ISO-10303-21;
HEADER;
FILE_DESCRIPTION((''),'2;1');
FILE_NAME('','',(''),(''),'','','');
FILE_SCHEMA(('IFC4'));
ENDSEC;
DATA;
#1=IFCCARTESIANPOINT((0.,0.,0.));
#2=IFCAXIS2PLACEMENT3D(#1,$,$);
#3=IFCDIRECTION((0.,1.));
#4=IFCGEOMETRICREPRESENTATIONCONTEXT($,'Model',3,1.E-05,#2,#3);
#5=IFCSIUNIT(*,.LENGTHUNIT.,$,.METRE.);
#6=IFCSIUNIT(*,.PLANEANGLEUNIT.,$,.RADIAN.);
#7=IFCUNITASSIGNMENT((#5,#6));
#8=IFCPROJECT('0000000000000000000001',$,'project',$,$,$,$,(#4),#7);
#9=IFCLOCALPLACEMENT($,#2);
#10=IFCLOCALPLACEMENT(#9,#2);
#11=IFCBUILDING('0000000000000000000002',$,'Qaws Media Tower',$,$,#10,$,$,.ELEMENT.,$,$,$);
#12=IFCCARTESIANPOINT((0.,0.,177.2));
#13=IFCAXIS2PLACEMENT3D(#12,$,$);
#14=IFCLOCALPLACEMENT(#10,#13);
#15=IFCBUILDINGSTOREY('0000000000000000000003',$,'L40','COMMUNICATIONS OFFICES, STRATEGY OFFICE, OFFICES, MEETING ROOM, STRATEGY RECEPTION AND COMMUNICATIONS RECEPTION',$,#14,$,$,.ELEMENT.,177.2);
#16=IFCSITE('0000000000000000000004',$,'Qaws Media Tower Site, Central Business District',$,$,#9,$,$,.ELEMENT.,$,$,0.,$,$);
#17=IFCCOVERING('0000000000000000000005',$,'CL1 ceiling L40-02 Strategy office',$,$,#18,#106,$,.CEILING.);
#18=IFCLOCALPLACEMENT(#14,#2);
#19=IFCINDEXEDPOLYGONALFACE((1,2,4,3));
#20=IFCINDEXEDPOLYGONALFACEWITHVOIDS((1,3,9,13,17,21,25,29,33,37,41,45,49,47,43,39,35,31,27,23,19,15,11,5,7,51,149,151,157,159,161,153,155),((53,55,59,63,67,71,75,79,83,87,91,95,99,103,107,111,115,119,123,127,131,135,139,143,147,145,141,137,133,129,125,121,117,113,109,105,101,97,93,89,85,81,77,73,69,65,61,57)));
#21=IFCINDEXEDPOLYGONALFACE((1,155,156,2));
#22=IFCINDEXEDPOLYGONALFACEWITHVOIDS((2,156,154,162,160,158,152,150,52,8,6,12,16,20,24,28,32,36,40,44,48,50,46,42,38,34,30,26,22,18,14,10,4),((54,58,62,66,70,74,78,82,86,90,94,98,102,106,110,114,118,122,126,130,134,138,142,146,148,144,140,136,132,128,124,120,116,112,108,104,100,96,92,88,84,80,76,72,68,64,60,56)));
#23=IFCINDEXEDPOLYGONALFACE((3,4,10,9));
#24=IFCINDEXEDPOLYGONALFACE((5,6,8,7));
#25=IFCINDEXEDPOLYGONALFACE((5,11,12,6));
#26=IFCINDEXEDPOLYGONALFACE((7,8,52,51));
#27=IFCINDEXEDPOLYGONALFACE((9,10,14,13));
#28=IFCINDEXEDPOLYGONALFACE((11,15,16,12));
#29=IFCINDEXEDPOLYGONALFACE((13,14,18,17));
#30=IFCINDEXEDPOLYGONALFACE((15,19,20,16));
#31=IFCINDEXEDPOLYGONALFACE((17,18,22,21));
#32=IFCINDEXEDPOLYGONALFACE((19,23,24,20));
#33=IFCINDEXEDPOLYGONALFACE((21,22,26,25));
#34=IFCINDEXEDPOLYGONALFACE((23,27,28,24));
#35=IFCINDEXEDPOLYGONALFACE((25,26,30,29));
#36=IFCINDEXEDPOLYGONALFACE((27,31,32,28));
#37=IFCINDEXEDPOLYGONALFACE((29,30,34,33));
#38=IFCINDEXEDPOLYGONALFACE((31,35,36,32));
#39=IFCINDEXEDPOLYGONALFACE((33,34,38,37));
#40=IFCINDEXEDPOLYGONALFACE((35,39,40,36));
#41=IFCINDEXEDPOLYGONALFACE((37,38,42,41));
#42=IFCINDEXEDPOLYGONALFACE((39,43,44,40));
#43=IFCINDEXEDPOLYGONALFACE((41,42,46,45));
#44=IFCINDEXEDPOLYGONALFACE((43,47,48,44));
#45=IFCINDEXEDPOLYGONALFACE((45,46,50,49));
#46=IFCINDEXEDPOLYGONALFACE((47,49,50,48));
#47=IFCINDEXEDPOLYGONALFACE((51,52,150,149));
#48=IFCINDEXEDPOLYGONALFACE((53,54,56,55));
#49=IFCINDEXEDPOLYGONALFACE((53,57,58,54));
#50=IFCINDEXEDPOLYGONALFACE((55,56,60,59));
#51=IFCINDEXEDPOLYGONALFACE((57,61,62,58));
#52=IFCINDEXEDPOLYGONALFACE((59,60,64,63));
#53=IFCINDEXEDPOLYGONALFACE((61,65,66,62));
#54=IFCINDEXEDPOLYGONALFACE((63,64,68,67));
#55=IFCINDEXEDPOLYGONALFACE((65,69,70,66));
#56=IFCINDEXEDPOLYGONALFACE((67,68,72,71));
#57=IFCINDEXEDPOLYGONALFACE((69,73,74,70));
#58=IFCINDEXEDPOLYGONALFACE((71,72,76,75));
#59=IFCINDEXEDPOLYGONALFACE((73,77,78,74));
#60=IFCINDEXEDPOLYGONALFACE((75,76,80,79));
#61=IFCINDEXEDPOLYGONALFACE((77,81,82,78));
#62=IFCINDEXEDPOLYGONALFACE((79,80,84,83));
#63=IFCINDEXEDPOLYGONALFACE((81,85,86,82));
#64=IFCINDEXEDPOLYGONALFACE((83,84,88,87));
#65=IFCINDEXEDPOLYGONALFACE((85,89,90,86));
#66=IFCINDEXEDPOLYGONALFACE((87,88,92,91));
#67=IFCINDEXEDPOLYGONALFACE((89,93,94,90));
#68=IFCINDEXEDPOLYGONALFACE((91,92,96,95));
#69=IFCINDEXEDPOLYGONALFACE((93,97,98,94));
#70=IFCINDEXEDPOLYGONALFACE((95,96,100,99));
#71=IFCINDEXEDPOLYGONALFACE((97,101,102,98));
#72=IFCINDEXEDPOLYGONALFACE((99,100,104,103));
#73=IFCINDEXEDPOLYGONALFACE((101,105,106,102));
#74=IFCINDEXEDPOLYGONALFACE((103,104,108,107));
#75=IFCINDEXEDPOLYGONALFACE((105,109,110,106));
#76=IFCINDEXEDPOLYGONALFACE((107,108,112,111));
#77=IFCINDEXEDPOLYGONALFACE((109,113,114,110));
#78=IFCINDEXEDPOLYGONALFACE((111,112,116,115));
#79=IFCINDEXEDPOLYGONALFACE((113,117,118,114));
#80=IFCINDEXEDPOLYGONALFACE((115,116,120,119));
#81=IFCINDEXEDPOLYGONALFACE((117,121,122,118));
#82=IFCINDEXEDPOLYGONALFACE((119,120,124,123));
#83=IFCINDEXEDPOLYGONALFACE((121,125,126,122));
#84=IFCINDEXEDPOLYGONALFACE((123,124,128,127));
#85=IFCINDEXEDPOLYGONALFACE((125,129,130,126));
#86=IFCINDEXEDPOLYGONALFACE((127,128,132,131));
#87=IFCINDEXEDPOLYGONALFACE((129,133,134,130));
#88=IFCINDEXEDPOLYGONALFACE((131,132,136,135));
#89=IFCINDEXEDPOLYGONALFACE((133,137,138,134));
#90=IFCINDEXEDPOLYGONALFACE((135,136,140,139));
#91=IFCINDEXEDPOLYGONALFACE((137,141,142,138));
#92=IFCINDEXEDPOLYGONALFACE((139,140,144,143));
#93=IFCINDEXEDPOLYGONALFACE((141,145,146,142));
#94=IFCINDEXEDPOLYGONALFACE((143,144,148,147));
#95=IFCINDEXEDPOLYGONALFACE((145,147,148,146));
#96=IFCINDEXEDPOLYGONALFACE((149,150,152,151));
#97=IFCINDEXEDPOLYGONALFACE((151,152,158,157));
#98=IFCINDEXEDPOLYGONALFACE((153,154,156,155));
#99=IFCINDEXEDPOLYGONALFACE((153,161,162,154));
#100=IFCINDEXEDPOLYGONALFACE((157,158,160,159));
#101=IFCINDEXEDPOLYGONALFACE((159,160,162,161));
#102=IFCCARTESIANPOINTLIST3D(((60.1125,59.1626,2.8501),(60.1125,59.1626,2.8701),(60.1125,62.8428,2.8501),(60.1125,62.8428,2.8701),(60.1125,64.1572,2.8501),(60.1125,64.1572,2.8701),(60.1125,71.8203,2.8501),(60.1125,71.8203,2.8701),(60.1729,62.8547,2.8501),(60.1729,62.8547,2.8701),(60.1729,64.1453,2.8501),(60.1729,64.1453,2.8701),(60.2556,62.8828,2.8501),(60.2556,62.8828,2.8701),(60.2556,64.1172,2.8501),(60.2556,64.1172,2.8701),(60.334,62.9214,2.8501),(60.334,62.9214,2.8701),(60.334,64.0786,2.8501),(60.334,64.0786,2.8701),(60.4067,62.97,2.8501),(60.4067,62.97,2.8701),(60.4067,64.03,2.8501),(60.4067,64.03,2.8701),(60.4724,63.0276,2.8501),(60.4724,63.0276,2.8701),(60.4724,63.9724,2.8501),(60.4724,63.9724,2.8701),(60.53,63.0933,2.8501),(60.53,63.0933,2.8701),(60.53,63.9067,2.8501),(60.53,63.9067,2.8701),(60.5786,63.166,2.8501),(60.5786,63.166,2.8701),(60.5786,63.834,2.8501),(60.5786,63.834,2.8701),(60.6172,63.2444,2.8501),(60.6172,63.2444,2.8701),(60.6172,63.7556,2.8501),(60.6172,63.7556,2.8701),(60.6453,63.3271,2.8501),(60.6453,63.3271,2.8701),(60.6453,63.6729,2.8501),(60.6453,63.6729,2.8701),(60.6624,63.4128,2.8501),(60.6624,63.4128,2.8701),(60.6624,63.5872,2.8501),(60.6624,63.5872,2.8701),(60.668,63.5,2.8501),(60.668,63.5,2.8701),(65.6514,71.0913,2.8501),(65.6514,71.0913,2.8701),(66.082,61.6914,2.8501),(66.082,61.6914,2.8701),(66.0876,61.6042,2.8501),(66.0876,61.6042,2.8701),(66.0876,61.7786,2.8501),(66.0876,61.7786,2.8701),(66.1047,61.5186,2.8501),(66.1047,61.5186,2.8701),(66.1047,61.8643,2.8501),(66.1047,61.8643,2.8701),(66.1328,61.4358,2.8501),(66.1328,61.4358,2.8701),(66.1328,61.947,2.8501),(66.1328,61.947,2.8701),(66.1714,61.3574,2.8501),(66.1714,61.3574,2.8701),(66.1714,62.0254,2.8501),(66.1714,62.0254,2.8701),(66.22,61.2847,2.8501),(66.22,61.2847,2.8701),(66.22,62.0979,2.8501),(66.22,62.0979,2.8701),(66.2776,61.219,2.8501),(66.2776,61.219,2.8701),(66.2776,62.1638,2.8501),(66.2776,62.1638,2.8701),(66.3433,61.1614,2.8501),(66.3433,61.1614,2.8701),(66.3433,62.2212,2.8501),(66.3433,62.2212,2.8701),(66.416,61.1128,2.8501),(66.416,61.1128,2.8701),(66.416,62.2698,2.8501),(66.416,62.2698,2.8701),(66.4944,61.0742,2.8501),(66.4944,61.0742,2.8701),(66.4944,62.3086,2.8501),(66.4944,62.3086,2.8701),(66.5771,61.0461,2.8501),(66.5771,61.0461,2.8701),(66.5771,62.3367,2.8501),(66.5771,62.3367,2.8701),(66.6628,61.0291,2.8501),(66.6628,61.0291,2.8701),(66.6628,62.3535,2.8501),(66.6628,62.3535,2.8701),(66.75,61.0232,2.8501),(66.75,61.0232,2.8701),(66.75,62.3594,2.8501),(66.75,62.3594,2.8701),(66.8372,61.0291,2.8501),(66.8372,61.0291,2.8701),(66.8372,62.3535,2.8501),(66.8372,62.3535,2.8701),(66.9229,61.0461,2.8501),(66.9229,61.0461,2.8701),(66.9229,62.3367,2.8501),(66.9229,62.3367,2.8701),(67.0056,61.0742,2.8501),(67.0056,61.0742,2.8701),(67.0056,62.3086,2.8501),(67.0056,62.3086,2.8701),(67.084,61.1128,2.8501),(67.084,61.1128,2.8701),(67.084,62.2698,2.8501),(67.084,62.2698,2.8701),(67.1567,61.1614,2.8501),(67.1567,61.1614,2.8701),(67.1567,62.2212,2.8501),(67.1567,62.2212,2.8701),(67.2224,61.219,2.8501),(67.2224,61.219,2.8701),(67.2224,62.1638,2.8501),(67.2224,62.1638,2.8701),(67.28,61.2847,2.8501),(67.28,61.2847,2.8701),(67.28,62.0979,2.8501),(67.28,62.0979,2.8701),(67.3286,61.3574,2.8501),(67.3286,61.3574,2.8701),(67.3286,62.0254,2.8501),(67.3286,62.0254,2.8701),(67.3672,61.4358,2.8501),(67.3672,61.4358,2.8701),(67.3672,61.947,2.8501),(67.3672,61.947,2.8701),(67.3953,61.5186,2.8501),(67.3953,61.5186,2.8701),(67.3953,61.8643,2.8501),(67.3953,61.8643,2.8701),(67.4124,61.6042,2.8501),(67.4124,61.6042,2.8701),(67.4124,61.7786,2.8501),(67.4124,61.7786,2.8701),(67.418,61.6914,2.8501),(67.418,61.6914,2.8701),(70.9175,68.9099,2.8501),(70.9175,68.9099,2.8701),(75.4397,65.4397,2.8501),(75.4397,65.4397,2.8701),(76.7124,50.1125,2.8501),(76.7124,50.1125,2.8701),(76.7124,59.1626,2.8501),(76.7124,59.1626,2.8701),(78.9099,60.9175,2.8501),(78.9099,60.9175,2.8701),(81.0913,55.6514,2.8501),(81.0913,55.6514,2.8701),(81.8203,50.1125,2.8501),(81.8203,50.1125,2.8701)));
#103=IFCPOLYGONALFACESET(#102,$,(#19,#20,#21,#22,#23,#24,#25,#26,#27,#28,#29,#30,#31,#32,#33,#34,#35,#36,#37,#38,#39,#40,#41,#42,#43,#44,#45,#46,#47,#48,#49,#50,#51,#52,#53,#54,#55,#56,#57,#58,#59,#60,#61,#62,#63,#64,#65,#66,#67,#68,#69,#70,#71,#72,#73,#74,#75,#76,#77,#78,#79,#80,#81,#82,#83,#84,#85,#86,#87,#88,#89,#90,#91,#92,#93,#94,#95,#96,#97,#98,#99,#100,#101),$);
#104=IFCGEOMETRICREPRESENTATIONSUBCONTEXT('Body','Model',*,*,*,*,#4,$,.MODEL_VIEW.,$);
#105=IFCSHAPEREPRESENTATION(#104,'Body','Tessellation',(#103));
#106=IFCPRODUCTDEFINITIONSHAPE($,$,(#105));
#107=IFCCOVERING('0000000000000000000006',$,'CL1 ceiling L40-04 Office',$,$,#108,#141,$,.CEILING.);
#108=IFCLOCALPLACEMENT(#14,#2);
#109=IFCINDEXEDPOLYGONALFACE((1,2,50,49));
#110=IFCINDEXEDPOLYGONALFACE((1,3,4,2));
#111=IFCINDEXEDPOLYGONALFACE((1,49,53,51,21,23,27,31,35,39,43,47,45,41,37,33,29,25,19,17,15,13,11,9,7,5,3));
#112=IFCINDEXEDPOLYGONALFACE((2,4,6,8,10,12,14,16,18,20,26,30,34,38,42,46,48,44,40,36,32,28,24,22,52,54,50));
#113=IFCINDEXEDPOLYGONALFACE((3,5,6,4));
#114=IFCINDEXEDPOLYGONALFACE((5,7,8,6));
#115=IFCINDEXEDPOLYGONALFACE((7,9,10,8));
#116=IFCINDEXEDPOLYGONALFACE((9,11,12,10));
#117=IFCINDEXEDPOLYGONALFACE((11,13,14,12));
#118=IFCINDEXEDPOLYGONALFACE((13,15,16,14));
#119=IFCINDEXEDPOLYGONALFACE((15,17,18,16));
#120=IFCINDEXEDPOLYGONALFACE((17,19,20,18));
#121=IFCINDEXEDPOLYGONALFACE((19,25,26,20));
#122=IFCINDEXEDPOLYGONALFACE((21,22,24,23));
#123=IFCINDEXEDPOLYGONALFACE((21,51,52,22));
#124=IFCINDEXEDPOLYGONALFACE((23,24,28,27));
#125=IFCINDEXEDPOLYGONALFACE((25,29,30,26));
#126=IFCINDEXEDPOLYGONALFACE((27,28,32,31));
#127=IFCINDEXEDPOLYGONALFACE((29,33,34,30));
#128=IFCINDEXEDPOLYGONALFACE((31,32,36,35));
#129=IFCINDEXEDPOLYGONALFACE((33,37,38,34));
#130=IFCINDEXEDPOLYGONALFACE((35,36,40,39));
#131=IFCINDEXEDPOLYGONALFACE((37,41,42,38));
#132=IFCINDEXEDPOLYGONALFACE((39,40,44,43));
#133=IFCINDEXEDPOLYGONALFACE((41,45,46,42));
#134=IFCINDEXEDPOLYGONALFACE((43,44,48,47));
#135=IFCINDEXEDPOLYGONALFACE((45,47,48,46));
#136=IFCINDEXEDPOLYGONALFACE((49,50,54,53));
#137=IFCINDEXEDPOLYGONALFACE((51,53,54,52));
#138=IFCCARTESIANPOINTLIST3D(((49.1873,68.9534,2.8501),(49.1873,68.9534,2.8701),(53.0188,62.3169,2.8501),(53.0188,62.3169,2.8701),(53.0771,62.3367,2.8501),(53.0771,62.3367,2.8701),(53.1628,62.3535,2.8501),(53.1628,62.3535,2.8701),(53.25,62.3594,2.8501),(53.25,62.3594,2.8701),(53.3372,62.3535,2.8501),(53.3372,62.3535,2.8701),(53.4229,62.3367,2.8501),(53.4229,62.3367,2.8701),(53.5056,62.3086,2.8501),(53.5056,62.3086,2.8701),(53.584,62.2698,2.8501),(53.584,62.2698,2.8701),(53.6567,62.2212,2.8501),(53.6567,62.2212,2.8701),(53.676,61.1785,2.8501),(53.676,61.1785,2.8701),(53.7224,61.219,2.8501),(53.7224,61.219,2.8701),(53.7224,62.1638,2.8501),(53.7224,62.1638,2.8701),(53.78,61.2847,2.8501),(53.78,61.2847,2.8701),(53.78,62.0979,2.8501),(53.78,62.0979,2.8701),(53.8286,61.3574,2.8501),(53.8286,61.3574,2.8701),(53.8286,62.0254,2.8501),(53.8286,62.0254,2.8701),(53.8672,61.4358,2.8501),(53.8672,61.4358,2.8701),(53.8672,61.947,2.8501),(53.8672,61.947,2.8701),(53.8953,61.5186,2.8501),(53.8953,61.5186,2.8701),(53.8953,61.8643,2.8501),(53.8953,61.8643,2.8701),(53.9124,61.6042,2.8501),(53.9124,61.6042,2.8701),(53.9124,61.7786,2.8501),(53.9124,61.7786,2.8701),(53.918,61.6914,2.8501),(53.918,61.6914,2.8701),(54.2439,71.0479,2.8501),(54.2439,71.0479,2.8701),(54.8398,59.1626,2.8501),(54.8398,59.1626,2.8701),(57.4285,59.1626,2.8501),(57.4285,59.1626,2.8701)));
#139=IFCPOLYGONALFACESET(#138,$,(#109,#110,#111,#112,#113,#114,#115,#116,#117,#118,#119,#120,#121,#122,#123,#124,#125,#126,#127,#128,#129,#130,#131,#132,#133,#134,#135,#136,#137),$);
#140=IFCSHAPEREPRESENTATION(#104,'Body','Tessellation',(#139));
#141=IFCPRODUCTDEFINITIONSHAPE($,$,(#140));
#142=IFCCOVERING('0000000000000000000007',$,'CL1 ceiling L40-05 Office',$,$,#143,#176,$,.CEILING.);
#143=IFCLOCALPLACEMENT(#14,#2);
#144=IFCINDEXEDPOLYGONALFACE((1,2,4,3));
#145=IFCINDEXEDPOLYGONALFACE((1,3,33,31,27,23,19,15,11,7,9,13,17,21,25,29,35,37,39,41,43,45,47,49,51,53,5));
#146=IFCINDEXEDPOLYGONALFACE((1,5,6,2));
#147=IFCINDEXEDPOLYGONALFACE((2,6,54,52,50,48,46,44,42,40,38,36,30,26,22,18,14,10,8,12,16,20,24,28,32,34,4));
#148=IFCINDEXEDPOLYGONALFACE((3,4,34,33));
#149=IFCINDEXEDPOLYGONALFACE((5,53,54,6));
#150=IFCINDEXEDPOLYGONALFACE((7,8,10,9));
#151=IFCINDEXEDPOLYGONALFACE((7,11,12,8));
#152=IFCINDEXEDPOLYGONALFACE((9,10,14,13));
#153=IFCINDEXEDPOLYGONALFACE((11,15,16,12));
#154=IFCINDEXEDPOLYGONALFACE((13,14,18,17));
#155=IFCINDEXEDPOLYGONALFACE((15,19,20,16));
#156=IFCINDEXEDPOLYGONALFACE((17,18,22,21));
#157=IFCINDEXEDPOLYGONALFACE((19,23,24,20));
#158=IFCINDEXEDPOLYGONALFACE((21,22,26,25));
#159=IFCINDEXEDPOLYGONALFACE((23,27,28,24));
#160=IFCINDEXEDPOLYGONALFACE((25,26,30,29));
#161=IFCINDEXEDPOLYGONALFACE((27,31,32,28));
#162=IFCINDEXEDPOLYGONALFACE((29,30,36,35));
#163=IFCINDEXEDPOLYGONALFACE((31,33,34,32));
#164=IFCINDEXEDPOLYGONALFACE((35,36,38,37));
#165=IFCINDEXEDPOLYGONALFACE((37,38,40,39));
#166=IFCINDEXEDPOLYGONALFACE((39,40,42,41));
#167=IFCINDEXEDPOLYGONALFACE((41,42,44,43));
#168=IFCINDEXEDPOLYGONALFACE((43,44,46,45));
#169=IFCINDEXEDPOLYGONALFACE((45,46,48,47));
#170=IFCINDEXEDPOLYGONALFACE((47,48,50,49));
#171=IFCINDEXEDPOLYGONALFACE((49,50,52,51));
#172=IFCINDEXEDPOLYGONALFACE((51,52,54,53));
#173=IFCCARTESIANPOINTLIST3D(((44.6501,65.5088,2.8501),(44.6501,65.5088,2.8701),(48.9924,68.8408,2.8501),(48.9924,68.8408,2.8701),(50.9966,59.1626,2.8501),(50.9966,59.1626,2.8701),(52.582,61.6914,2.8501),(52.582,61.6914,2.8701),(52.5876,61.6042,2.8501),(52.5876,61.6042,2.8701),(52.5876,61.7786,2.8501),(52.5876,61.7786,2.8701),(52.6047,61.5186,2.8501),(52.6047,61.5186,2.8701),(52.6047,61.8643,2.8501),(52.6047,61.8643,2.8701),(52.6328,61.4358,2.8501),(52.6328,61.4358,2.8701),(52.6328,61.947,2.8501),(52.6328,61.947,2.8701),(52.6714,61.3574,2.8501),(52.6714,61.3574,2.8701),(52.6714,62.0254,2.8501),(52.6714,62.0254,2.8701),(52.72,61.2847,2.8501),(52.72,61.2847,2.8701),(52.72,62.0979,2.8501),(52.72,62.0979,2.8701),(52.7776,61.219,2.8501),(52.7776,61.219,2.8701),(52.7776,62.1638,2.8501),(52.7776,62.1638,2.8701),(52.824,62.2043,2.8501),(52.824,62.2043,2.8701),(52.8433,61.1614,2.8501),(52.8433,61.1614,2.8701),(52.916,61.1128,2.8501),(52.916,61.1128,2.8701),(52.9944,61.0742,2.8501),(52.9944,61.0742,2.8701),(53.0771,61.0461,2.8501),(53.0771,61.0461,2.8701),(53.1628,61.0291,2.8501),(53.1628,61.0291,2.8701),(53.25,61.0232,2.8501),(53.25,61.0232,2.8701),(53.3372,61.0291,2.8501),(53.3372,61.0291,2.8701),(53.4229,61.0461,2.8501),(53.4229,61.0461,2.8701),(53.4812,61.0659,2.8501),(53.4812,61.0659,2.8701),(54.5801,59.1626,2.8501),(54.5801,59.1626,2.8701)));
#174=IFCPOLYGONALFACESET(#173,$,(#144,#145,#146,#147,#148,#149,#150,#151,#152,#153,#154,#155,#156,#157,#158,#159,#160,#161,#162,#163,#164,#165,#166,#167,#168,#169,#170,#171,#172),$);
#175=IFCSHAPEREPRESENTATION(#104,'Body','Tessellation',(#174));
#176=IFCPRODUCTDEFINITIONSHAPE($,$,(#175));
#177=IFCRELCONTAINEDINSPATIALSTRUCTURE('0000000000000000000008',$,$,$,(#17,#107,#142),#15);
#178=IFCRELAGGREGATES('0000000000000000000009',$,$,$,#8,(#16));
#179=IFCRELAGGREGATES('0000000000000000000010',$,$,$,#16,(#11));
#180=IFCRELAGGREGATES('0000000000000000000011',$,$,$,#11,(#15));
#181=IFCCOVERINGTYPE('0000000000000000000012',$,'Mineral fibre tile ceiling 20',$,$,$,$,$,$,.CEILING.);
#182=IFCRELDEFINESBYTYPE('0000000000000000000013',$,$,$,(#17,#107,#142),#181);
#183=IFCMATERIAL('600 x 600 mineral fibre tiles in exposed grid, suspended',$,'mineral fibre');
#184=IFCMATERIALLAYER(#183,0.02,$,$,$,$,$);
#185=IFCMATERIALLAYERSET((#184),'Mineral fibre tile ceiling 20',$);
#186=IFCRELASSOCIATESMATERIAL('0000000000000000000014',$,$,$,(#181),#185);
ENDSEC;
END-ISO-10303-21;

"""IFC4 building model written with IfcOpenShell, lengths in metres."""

from ifc_helpers import new_model, si_unit, direction, frame, origin, place, context, subcontext, project, spatial, polyline, outline, extrude, material, layer, layer_set, type_object, element, save


model = new_model("IFC4")

# Units and contexts
model_context = context("Model", 3, precision=1e-05, world=origin(), true_north=direction((0.0, 1.0)))
body_context = subcontext(model_context, "Body", "Model", "MODEL_VIEW")
ifc_project = project(units=[si_unit("LENGTHUNIT", "METRE"), si_unit("PLANEANGLEUNIT", "RADIAN")], contexts=[model_context])

# Site, building, storey
site_placement = place(None, origin())
site = spatial("IfcSite", under=ifc_project, at=site_placement, Name="Qaws Media Tower Site, Central Business District", CompositionType="ELEMENT", RefElevation=0.0)
building_placement = place(site_placement, origin())
building = spatial("IfcBuilding", under=site, at=building_placement, Name="Qaws Media Tower", CompositionType="ELEMENT")
storey_placement = place(building_placement, frame((0.0, 0.0, 177.2)))
storey = spatial("IfcBuildingStorey", under=building, at=storey_placement, Name="L40", Description="COMMUNICATIONS OFFICES, STRATEGY OFFICE, OFFICES, MEETING ROOM, STRATEGY RECEPTION AND COMMUNICATIONS RECEPTION", CompositionType="ELEMENT", Elevation=177.2)

# Coverings
ifc_material_1 = material(Name="600 x 600 mineral fibre tiles in exposed grid, suspended", Category="mineral fibre")
ifc_layer_1 = layer(ifc_material_1, 0.02)
ifc_layer_set_1 = layer_set([ifc_layer_1], Name="Mineral fibre tile ceiling 20")
covering_type_1 = type_object("IfcCoveringType", Name="Mineral fibre tile ceiling 20", PredefinedType="CEILING", material=ifc_layer_set_1)
covering_1_placement = place(storey_placement, frame((0.0, 0.0, 2.8501)))
element("IfcCovering", 1, at=covering_1_placement, inside=storey, type_object=covering_type_1, Name="CL1 ceiling L40-02 Strategy office", PredefinedType="CEILING", context=body_context, shape_type="SweptSolid", body=[
    extrude(outline(polyline([(65.6514, 71.0913), (70.9175, 68.9099), (75.4397, 65.4397), (78.9099, 60.9175), (81.0913, 55.6514), (81.8203, 50.1125), (76.7124, 50.1125), (76.7124, 59.1626), (60.1125, 59.1626), (60.1125, 62.8428), (60.1729, 62.8547), (60.2556, 62.8828), (60.334, 62.9214), (60.4067, 62.97), (60.4724, 63.0276), (60.53, 63.0933), (60.5786, 63.166), (60.6172, 63.2444), (60.6453, 63.3271), (60.6624, 63.4128), (60.668, 63.5), (60.6624, 63.5872), (60.6453, 63.6729), (60.6172, 63.7556), (60.5786, 63.834), (60.53, 63.9067), (60.4724, 63.9724), (60.4067, 64.03), (60.334, 64.0786), (60.2556, 64.1172), (60.1729, 64.1453), (60.1125, 64.1572), (60.1125, 71.8203), (65.6514, 71.0913)]), holes=[polyline([(67.3672, 61.4358), (67.3953, 61.5186), (67.4124, 61.6042), (67.418, 61.6914), (67.4124, 61.7786), (67.3953, 61.8643), (67.3672, 61.947), (67.3286, 62.0254), (67.28, 62.0979), (67.2224, 62.1638), (67.1567, 62.2212), (67.084, 62.2698), (67.0056, 62.3086), (66.9229, 62.3367), (66.8372, 62.3535), (66.75, 62.3594), (66.6628, 62.3535), (66.5771, 62.3367), (66.4944, 62.3086), (66.416, 62.2698), (66.3433, 62.2212), (66.2776, 62.1638), (66.22, 62.0979), (66.1714, 62.0254), (66.1328, 61.947), (66.1047, 61.8643), (66.0876, 61.7786), (66.082, 61.6914), (66.0876, 61.6042), (66.1047, 61.5186), (66.1328, 61.4358), (66.1714, 61.3574), (66.22, 61.2847), (66.2776, 61.219), (66.3433, 61.1614), (66.416, 61.1128), (66.4944, 61.0742), (66.5771, 61.0461), (66.6628, 61.0291), (66.75, 61.0232), (66.8372, 61.0291), (66.9229, 61.0461), (67.0056, 61.0742), (67.084, 61.1128), (67.1567, 61.1614), (67.2224, 61.219), (67.28, 61.2847), (67.3286, 61.3574), (67.3672, 61.4358)])]), origin(), (0.0, 0.0, 1.0), 0.02),
])
covering_2_placement = place(storey_placement, frame((0.0, 0.0, 2.8501)))
element("IfcCovering", 2, at=covering_2_placement, inside=storey, type_object=covering_type_1, Name="CL1 ceiling L40-04 Office", PredefinedType="CEILING", context=body_context, shape_type="SweptSolid", body=[
    extrude(outline(polyline([(54.2439, 71.0479), (57.4285, 59.1626), (54.8398, 59.1626), (53.676, 61.1785), (53.7224, 61.219), (53.78, 61.2847), (53.8286, 61.3574), (53.8672, 61.4358), (53.8953, 61.5186), (53.9124, 61.6042), (53.918, 61.6914), (53.9124, 61.7786), (53.8953, 61.8643), (53.8672, 61.947), (53.8286, 62.0254), (53.78, 62.0979), (53.7224, 62.1638), (53.6567, 62.2212), (53.584, 62.2698), (53.5056, 62.3086), (53.4229, 62.3367), (53.3372, 62.3535), (53.25, 62.3594), (53.1628, 62.3535), (53.0771, 62.3367), (53.0188, 62.3169), (49.1873, 68.9534), (54.2439, 71.0479)])), origin(), (0.0, 0.0, 1.0), 0.02),
])
covering_3_placement = place(storey_placement, frame((0.0, 0.0, 2.8501)))
element("IfcCovering", 3, at=covering_3_placement, inside=storey, type_object=covering_type_1, Name="CL1 ceiling L40-05 Office", PredefinedType="CEILING", context=body_context, shape_type="SweptSolid", body=[
    extrude(outline(polyline([(48.9924, 68.8408), (52.824, 62.2043), (52.7776, 62.1638), (52.72, 62.0979), (52.6714, 62.0254), (52.6328, 61.947), (52.6047, 61.8643), (52.5876, 61.7786), (52.582, 61.6914), (52.5876, 61.6042), (52.6047, 61.5186), (52.6328, 61.4358), (52.6714, 61.3574), (52.72, 61.2847), (52.7776, 61.219), (52.8433, 61.1614), (52.916, 61.1128), (52.9944, 61.0742), (53.0771, 61.0461), (53.1628, 61.0291), (53.25, 61.0232), (53.3372, 61.0291), (53.4229, 61.0461), (53.4812, 61.0659), (54.5801, 59.1626), (50.9966, 59.1626), (44.6501, 65.5088), (48.9924, 68.8408)])), origin(), (0.0, 0.0, 1.0), 0.02),
])

save(model, "model.ifc")
